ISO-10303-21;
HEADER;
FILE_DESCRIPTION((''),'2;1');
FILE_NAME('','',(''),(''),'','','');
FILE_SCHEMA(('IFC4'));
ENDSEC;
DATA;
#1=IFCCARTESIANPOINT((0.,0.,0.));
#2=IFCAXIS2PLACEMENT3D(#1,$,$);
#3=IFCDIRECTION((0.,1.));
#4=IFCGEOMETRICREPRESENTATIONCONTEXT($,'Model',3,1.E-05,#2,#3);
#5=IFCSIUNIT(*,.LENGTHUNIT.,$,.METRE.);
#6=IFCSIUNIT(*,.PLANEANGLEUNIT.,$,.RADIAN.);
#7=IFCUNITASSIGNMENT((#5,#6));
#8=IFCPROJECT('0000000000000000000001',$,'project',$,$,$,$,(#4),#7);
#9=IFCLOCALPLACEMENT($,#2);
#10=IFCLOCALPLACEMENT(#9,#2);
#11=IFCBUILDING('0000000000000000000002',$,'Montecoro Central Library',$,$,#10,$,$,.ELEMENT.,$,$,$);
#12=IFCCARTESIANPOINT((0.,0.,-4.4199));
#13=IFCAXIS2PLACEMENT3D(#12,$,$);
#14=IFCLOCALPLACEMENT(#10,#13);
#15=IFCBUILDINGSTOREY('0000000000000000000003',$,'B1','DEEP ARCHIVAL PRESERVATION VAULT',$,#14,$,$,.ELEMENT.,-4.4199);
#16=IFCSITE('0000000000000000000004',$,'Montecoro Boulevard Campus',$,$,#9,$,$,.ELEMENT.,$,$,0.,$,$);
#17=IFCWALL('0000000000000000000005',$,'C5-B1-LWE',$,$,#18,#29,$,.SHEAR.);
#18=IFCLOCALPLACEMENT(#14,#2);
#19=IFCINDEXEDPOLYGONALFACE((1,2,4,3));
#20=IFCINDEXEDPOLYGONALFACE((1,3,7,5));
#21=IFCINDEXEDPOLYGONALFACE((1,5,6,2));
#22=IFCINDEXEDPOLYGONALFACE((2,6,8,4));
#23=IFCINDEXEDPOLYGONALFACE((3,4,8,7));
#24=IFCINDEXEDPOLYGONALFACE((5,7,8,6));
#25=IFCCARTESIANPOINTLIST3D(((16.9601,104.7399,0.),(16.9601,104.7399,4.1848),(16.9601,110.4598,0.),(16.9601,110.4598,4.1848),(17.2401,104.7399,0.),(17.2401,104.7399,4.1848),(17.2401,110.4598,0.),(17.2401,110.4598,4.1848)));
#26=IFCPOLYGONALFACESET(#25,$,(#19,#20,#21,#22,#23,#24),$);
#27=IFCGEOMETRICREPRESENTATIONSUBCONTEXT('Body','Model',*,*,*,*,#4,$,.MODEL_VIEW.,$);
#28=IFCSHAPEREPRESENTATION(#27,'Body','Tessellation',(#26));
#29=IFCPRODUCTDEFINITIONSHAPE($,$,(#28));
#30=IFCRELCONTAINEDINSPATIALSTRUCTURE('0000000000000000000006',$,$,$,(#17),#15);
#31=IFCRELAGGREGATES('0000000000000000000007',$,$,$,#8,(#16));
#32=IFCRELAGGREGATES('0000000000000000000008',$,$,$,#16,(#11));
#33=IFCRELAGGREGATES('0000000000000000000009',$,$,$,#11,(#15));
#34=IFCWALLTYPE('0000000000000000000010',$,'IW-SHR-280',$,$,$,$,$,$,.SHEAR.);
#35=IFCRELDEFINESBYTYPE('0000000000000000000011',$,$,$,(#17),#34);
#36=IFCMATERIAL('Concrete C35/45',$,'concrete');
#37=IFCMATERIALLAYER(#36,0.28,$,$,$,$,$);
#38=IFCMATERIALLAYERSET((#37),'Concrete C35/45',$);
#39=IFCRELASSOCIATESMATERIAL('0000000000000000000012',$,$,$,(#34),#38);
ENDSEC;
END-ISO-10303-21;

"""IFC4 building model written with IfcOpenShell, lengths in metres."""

from ifc_helpers import new_model, si_unit, direction, frame, frame_2d, origin, place, context, subcontext, project, spatial, rectangle, extrude, material, layer, layer_set, type_object, element, save


model = new_model("IFC4")

# Units and contexts
model_context = context("Model", 3, precision=1e-05, world=origin(), true_north=direction((0.0, 1.0)))
body_context = subcontext(model_context, "Body", "Model", "MODEL_VIEW")
ifc_project = project(units=[si_unit("LENGTHUNIT", "METRE"), si_unit("PLANEANGLEUNIT", "RADIAN")], contexts=[model_context])

# Site, building, storey
site_placement = place(None, origin())
site = spatial("IfcSite", under=ifc_project, at=site_placement, Name="Montecoro Boulevard Campus", CompositionType="ELEMENT", RefElevation=0.0)
building_placement = place(site_placement, origin())
building = spatial("IfcBuilding", under=site, at=building_placement, Name="Montecoro Central Library", CompositionType="ELEMENT")
storey_placement = place(building_placement, frame((0.0, 0.0, -4.4199)))
storey = spatial("IfcBuildingStorey", under=building, at=storey_placement, Name="B1", Description="DEEP ARCHIVAL PRESERVATION VAULT", CompositionType="ELEMENT", Elevation=-4.4199)

# Shared definitions
ifc_material_1 = material(Name="Concrete C35/45", Category="concrete")

# Wall
ifc_layer_1 = layer(ifc_material_1, 0.28)
ifc_layer_set_1 = layer_set([ifc_layer_1], Name="Concrete C35/45")
wall_type_1 = type_object("IfcWallType", Name="IW-SHR-280", PredefinedType="SHEAR", material=ifc_layer_set_1)
wall_1_placement = place(storey_placement, frame((17.1001, 104.74, 0.0), z_axis=(0.0, 0.0, 1.0), x_axis=(0.0, 1.0, 0.0)))
element("IfcWall", 1, at=wall_1_placement, inside=storey, type_object=wall_type_1, Name="C5-B1-LWE", PredefinedType="SHEAR", context=body_context, shape_type="SweptSolid", body=[
    extrude(rectangle(XDim=5.72, YDim=0.28, at=frame_2d((2.8599, 0.0))), origin(), (0.0, 0.0, 1.0), 4.1848),
])

save(model, "model.ifc")
